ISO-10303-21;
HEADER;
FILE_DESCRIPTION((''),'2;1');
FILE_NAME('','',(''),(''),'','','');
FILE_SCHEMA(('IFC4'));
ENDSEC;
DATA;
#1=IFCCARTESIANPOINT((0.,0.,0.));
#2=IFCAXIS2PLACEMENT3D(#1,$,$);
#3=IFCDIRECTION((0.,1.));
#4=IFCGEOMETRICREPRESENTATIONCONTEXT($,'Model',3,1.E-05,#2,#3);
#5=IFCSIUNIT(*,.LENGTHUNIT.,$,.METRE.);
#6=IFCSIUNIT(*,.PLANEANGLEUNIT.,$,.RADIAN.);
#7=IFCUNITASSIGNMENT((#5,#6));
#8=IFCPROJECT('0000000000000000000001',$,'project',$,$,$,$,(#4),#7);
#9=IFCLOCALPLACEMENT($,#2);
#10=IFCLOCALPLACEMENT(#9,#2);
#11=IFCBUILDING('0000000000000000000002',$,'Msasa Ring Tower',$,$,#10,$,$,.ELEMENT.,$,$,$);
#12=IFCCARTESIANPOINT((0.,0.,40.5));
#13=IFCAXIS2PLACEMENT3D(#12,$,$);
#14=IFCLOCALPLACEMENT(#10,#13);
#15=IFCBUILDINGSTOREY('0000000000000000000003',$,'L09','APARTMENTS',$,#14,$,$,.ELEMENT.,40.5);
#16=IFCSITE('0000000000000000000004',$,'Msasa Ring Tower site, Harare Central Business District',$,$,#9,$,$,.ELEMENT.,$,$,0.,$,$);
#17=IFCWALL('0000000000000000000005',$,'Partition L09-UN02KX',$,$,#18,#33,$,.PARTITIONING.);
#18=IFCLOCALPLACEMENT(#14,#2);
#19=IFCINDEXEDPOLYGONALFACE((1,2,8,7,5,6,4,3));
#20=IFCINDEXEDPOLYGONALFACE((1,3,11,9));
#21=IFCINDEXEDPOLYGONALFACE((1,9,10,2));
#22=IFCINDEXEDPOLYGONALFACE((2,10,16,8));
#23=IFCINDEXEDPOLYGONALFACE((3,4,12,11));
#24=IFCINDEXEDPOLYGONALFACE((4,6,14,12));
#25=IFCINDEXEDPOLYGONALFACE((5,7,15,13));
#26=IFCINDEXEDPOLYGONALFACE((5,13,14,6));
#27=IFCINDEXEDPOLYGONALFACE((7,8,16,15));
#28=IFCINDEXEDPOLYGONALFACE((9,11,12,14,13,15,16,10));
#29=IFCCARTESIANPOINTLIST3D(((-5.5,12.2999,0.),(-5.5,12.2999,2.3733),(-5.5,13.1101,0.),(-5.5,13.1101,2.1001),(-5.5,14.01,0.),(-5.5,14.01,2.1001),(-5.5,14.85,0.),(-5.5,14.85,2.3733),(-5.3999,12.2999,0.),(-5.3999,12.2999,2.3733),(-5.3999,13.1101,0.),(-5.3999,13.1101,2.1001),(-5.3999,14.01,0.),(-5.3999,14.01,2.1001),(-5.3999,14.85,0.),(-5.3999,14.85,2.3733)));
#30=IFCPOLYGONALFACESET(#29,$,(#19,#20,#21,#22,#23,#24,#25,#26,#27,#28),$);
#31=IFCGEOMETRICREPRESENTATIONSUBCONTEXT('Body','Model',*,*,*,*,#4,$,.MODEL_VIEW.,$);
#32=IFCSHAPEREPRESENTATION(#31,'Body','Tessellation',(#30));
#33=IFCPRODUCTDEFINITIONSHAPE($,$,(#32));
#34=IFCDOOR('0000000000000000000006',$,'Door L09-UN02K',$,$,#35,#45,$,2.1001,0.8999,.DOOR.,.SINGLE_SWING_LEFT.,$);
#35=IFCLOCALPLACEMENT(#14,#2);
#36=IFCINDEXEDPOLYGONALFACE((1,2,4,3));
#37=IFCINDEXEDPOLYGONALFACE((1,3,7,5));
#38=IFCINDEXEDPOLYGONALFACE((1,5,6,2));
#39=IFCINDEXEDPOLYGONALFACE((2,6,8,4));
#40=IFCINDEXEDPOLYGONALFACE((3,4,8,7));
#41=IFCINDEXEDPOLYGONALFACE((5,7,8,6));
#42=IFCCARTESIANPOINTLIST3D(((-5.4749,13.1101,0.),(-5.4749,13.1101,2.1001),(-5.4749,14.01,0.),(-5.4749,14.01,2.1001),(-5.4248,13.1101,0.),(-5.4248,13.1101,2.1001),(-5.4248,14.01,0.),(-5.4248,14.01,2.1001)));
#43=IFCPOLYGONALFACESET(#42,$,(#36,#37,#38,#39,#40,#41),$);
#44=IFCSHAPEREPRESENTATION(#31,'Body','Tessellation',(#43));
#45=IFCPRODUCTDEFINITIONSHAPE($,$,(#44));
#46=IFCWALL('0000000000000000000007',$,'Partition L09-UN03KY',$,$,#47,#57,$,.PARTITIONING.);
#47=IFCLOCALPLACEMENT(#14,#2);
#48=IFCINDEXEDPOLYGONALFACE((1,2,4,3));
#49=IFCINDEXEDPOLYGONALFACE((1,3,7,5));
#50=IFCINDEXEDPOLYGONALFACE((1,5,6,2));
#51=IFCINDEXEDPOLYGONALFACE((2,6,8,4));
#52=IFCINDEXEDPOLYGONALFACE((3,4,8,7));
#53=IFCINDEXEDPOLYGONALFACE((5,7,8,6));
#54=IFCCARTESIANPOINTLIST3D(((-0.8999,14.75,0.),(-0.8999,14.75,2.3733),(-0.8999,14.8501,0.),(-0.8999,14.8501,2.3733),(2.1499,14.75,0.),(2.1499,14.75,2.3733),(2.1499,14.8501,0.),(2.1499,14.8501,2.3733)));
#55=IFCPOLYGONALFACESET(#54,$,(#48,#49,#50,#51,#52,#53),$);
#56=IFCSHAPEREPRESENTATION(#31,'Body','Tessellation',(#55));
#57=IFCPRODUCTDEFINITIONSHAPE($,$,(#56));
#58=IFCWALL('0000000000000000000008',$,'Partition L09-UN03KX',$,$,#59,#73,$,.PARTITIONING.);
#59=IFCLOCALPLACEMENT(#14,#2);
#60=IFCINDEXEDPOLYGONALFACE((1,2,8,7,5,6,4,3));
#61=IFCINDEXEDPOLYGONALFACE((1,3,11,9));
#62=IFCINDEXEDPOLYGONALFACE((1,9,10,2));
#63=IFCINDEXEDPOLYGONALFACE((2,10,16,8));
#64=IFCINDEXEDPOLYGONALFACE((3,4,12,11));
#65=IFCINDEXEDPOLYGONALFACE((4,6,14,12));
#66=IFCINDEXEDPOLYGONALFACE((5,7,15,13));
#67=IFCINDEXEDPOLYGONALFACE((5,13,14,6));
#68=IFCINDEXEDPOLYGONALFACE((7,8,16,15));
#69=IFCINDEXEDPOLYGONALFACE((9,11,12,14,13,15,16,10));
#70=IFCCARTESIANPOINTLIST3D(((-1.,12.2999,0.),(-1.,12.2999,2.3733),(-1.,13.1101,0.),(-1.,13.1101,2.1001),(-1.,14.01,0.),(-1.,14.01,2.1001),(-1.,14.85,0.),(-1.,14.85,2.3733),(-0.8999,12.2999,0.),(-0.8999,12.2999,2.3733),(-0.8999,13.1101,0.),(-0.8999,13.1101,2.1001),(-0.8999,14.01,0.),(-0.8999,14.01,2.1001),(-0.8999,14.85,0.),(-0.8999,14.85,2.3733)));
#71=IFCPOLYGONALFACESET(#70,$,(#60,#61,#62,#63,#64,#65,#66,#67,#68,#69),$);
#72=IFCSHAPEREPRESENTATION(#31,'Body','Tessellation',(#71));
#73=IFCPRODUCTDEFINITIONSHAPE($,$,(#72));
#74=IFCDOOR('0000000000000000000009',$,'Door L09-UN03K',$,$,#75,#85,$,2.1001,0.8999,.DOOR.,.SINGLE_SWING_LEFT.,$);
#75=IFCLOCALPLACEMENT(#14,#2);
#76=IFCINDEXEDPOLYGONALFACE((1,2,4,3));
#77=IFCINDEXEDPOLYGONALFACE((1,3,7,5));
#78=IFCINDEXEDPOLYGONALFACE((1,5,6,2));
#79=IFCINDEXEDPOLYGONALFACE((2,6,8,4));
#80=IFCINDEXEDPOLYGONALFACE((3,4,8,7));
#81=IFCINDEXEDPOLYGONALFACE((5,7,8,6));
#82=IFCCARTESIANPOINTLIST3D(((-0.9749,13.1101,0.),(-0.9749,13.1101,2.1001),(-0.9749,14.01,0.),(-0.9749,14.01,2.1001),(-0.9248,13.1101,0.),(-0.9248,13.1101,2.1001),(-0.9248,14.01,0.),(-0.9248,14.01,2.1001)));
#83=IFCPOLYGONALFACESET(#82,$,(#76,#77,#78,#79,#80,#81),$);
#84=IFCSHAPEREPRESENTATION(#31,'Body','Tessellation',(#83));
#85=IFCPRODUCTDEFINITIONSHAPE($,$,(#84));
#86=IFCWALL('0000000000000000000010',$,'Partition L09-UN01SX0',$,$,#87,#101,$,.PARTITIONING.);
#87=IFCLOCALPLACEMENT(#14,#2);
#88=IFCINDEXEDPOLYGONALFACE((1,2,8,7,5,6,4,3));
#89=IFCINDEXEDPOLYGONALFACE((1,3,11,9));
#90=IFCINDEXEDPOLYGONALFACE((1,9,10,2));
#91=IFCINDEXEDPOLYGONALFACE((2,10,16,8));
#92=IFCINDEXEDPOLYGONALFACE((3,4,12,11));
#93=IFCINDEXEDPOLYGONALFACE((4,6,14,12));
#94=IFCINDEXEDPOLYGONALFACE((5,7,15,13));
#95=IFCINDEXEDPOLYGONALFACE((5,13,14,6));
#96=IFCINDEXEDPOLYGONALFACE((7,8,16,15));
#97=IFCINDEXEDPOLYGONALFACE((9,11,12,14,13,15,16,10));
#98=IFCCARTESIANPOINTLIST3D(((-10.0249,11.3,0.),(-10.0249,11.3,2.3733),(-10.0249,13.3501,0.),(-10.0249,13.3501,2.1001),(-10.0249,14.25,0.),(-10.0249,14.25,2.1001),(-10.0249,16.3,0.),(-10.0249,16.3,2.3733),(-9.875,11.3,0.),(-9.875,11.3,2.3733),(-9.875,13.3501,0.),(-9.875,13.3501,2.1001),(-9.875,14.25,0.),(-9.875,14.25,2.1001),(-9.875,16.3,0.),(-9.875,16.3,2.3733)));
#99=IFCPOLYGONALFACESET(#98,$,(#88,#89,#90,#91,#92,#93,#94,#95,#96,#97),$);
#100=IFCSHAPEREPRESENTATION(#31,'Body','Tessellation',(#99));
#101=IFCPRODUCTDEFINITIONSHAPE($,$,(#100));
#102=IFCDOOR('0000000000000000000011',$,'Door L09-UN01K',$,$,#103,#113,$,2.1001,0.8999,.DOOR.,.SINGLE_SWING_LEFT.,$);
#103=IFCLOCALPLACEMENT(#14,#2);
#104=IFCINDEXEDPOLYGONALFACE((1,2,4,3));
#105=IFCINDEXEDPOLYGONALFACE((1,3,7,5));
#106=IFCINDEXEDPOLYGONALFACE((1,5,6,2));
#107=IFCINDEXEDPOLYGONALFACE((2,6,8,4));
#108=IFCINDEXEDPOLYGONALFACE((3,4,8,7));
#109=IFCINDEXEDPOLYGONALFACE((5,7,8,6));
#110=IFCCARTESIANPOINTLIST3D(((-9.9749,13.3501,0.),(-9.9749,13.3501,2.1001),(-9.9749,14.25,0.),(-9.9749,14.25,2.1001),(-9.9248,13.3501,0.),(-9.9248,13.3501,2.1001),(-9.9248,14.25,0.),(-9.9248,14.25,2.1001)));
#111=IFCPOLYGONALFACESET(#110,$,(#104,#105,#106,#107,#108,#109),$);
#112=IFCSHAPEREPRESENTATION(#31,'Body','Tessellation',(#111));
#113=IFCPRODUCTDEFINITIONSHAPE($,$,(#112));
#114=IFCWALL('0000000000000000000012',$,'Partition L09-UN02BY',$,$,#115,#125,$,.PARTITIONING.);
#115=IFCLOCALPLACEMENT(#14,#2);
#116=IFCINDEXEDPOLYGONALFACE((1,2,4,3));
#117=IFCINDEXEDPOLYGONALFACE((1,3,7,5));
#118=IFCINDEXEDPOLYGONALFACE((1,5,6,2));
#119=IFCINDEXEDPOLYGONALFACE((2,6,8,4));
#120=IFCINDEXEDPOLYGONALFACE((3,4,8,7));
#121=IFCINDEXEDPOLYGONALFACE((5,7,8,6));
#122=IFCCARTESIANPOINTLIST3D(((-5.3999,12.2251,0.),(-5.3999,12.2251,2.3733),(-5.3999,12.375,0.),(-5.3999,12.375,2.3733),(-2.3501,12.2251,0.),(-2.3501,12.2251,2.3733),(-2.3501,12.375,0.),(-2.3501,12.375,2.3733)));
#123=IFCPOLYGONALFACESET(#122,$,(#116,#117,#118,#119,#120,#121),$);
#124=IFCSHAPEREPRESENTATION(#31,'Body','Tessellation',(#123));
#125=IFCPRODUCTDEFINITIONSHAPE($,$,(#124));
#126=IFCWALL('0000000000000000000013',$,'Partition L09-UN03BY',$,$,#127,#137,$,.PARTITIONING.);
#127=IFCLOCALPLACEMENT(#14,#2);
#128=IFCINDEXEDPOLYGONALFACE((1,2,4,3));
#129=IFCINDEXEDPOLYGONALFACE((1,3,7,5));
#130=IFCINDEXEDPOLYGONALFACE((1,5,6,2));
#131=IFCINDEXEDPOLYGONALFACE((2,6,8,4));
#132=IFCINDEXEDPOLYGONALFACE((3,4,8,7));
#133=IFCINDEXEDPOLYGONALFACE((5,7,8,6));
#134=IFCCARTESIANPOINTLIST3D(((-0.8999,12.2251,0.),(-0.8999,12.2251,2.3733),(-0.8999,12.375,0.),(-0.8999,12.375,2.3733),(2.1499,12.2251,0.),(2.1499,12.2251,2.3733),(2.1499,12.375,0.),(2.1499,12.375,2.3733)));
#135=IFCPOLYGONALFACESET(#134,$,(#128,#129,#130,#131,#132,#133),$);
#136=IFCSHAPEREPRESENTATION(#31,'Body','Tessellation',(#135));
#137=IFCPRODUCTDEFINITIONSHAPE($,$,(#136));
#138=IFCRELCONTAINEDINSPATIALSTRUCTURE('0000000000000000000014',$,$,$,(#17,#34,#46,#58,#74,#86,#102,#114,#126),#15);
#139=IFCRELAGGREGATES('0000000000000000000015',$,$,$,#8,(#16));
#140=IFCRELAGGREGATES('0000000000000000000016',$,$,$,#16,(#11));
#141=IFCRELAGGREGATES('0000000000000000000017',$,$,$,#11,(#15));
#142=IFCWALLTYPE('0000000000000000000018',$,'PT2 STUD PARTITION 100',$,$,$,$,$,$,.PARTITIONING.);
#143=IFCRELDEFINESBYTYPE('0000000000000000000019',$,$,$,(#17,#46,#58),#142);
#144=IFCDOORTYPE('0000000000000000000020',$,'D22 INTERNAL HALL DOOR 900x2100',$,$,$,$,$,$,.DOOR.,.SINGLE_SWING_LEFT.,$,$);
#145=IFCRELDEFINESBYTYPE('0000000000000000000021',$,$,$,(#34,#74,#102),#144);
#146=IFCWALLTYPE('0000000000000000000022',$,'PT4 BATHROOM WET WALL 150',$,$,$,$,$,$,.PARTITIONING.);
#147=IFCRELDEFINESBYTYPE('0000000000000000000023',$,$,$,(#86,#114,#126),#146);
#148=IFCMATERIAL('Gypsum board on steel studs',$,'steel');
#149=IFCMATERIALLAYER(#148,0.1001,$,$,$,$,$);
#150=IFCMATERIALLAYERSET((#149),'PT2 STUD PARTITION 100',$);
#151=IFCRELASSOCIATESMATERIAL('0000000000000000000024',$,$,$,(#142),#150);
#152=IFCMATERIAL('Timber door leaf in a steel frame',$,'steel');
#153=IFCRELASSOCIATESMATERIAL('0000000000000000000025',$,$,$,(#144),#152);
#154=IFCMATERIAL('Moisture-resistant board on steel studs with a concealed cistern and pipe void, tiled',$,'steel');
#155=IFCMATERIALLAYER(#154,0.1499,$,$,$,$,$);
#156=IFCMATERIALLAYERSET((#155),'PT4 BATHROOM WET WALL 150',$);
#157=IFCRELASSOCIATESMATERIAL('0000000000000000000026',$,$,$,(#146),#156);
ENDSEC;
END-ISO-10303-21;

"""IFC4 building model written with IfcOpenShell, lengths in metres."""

from ifc_helpers import new_model, si_unit, direction, frame, frame_2d, origin, place, context, subcontext, project, spatial, rectangle, extrude, material, layer, layer_set, type_object, element, fill, save


model = new_model("IFC4")

# Units and contexts
model_context = context("Model", 3, precision=1e-05, world=origin(), true_north=direction((0.0, 1.0)))
body_context = subcontext(model_context, "Body", "Model", "MODEL_VIEW")
ifc_project = project(units=[si_unit("LENGTHUNIT", "METRE"), si_unit("PLANEANGLEUNIT", "RADIAN")], contexts=[model_context])

# Site, building, storey
site_placement = place(None, origin())
site = spatial("IfcSite", under=ifc_project, at=site_placement, Name="Msasa Ring Tower site, Harare Central Business District", CompositionType="ELEMENT", RefElevation=0.0)
building_placement = place(site_placement, origin())
building = spatial("IfcBuilding", under=site, at=building_placement, Name="Msasa Ring Tower", CompositionType="ELEMENT")
storey_placement = place(building_placement, frame((0.0, 0.0, 40.5)))
storey = spatial("IfcBuildingStorey", under=building, at=storey_placement, Name="L09", Description="APARTMENTS", CompositionType="ELEMENT", Elevation=40.5)

# Shared definitions
ifc_material_1 = material(Name="Gypsum board on steel studs", Category="steel")
ifc_layer_1 = layer(ifc_material_1, 0.1001)
ifc_layer_set_1 = layer_set([ifc_layer_1], Name="PT2 STUD PARTITION 100")
wall_type_1 = type_object("IfcWallType", Name="PT2 STUD PARTITION 100", PredefinedType="PARTITIONING", material=ifc_layer_set_1)

# Wall, opening, door
wall_1_placement = place(storey_placement, frame((-5.45, 12.3, 0.0), z_axis=(0.0, 0.0, 1.0), x_axis=(0.0, 1.0, 0.0)))
wall_1 = element("IfcWall", 1, at=wall_1_placement, inside=storey, type_object=wall_type_1, Name="Partition L09-UN02KX", PredefinedType="PARTITIONING", context=body_context, shape_type="SweptSolid", body=[
    extrude(rectangle(XDim=2.55, YDim=0.1001, at=frame_2d((1.2749, 0.0))), origin(), (0.0, 0.0, 1.0), 2.3733),
])
opening_1_placement = place(wall_1_placement, frame((0.8101, 0.0, 0.0)))
opening_1 = element("IfcOpeningElement", 2, at=opening_1_placement, cuts=wall_1, PredefinedType="OPENING", context=body_context, shape_type="SweptSolid", body=[
    extrude(rectangle(XDim=0.8999, YDim=2.1001, at=frame_2d((0.45, 1.05))), frame((0.0, 0.0601, 0.0), z_axis=(0.0, -1.0, 0.0), x_axis=(1.0, 0.0, 0.0)), (0.0, 0.0, 1.0), 0.1201),
])
ifc_material_2 = material(Name="Timber door leaf in a steel frame", Category="steel")
door_type = type_object("IfcDoorType", Name="D22 INTERNAL HALL DOOR 900x2100", OperationType="SINGLE_SWING_LEFT", PredefinedType="DOOR", material=ifc_material_2)
door_1_placement = place(opening_1_placement, origin())
door_1 = element("IfcDoor", 3, at=door_1_placement, inside=storey, type_object=door_type, Name="Door L09-UN02K", OperationType="SINGLE_SWING_LEFT", OverallHeight=2.1001, OverallWidth=0.8999, PredefinedType="DOOR", context=body_context, shape_type="SweptSolid", body=[
    extrude(rectangle(XDim=0.8999, YDim=2.1001, at=frame_2d((0.45, 1.05))), frame((0.0, 0.0249, 0.0), z_axis=(0.0, -1.0, 0.0), x_axis=(1.0, 0.0, 0.0)), (0.0, 0.0, 1.0), 0.05),
])
fill(opening_1, door_1)

# Wall
wall_2_placement = place(storey_placement, frame((-0.8999, 14.8, 0.0), z_axis=(0.0, 0.0, 1.0), x_axis=(1.0, 0.0, 0.0)))
element("IfcWall", 4, at=wall_2_placement, inside=storey, type_object=wall_type_1, Name="Partition L09-UN03KY", PredefinedType="PARTITIONING", context=body_context, shape_type="SweptSolid", body=[
    extrude(rectangle(XDim=3.0498, YDim=0.1001, at=frame_2d((1.5249, 0.0))), origin(), (0.0, 0.0, 1.0), 2.3733),
])

# Walls, openings, doors
wall_3_placement = place(storey_placement, frame((-0.95, 12.3, 0.0), z_axis=(0.0, 0.0, 1.0), x_axis=(0.0, 1.0, 0.0)))
wall_3 = element("IfcWall", 5, at=wall_3_placement, inside=storey, type_object=wall_type_1, Name="Partition L09-UN03KX", PredefinedType="PARTITIONING", context=body_context, shape_type="SweptSolid", body=[
    extrude(rectangle(XDim=2.55, YDim=0.1001, at=frame_2d((1.2749, 0.0))), origin(), (0.0, 0.0, 1.0), 2.3733),
])
opening_2_placement = place(wall_3_placement, frame((0.8101, 0.0, 0.0)))
opening_2 = element("IfcOpeningElement", 6, at=opening_2_placement, cuts=wall_3, PredefinedType="OPENING", context=body_context, shape_type="SweptSolid", body=[
    extrude(rectangle(XDim=0.8999, YDim=2.1001, at=frame_2d((0.45, 1.05))), frame((0.0, 0.0601, 0.0), z_axis=(0.0, -1.0, 0.0), x_axis=(1.0, 0.0, 0.0)), (0.0, 0.0, 1.0), 0.1201),
])
door_2_placement = place(opening_2_placement, origin())
door_2 = element("IfcDoor", 7, at=door_2_placement, inside=storey, type_object=door_type, Name="Door L09-UN03K", OperationType="SINGLE_SWING_LEFT", OverallHeight=2.1001, OverallWidth=0.8999, PredefinedType="DOOR", context=body_context, shape_type="SweptSolid", body=[
    extrude(rectangle(XDim=0.8999, YDim=2.1001, at=frame_2d((0.45, 1.05))), frame((0.0, 0.0249, 0.0), z_axis=(0.0, -1.0, 0.0), x_axis=(1.0, 0.0, 0.0)), (0.0, 0.0, 1.0), 0.05),
])
fill(opening_2, door_2)
ifc_material_3 = material(Name="Moisture-resistant board on steel studs with a concealed cistern and pipe void, tiled", Category="steel")
ifc_layer_2 = layer(ifc_material_3, 0.1499)
ifc_layer_set_2 = layer_set([ifc_layer_2], Name="PT4 BATHROOM WET WALL 150")
wall_type_2 = type_object("IfcWallType", Name="PT4 BATHROOM WET WALL 150", PredefinedType="PARTITIONING", material=ifc_layer_set_2)
wall_4_placement = place(storey_placement, frame((-9.95, 11.3, 0.0), z_axis=(0.0, 0.0, 1.0), x_axis=(0.0, 1.0, 0.0)))
wall_4 = element("IfcWall", 8, at=wall_4_placement, inside=storey, type_object=wall_type_2, Name="Partition L09-UN01SX0", PredefinedType="PARTITIONING", context=body_context, shape_type="SweptSolid", body=[
    extrude(rectangle(XDim=5.0, YDim=0.1499, at=frame_2d((2.5, 0.0))), origin(), (0.0, 0.0, 1.0), 2.3733),
])
opening_3_placement = place(wall_4_placement, frame((2.05, 0.0, 0.0)))
opening_3 = element("IfcOpeningElement", 9, at=opening_3_placement, cuts=wall_4, PredefinedType="OPENING", context=body_context, shape_type="SweptSolid", body=[
    extrude(rectangle(XDim=0.8999, YDim=2.1001, at=frame_2d((0.45, 1.05))), frame((0.0, 0.085, 0.0), z_axis=(0.0, -1.0, 0.0), x_axis=(1.0, 0.0, 0.0)), (0.0, 0.0, 1.0), 0.1699),
])
door_3_placement = place(opening_3_placement, origin())
door_3 = element("IfcDoor", 10, at=door_3_placement, inside=storey, type_object=door_type, Name="Door L09-UN01K", OperationType="SINGLE_SWING_LEFT", OverallHeight=2.1001, OverallWidth=0.8999, PredefinedType="DOOR", context=body_context, shape_type="SweptSolid", body=[
    extrude(rectangle(XDim=0.8999, YDim=2.1001, at=frame_2d((0.45, 1.05))), frame((0.0, 0.0249, 0.0), z_axis=(0.0, -1.0, 0.0), x_axis=(1.0, 0.0, 0.0)), (0.0, 0.0, 1.0), 0.05),
])
fill(opening_3, door_3)

# Walls
for number, where, z_axis, x_axis, name in (
    (11, (-5.3999, 12.3, 0.0), (0.0, 0.0, 1.0), (1.0, 0.0, 0.0), "Partition L09-UN02BY"),
    (12, (-0.8999, 12.3, 0.0), (0.0, 0.0, 1.0), (1.0, 0.0, 0.0), "Partition L09-UN03BY"),
):
    element("IfcWall", number, at=place(storey_placement, frame(where, z_axis=z_axis, x_axis=x_axis)), inside=storey, type_object=wall_type_2, Name=name, PredefinedType="PARTITIONING", context=body_context, shape_type="SweptSolid", body=[
        extrude(rectangle(XDim=3.0498, YDim=0.1499, at=frame_2d((1.5249, 0.0))), origin(), (0.0, 0.0, 1.0), 2.3733),
    ])

save(model, "model.ifc")
